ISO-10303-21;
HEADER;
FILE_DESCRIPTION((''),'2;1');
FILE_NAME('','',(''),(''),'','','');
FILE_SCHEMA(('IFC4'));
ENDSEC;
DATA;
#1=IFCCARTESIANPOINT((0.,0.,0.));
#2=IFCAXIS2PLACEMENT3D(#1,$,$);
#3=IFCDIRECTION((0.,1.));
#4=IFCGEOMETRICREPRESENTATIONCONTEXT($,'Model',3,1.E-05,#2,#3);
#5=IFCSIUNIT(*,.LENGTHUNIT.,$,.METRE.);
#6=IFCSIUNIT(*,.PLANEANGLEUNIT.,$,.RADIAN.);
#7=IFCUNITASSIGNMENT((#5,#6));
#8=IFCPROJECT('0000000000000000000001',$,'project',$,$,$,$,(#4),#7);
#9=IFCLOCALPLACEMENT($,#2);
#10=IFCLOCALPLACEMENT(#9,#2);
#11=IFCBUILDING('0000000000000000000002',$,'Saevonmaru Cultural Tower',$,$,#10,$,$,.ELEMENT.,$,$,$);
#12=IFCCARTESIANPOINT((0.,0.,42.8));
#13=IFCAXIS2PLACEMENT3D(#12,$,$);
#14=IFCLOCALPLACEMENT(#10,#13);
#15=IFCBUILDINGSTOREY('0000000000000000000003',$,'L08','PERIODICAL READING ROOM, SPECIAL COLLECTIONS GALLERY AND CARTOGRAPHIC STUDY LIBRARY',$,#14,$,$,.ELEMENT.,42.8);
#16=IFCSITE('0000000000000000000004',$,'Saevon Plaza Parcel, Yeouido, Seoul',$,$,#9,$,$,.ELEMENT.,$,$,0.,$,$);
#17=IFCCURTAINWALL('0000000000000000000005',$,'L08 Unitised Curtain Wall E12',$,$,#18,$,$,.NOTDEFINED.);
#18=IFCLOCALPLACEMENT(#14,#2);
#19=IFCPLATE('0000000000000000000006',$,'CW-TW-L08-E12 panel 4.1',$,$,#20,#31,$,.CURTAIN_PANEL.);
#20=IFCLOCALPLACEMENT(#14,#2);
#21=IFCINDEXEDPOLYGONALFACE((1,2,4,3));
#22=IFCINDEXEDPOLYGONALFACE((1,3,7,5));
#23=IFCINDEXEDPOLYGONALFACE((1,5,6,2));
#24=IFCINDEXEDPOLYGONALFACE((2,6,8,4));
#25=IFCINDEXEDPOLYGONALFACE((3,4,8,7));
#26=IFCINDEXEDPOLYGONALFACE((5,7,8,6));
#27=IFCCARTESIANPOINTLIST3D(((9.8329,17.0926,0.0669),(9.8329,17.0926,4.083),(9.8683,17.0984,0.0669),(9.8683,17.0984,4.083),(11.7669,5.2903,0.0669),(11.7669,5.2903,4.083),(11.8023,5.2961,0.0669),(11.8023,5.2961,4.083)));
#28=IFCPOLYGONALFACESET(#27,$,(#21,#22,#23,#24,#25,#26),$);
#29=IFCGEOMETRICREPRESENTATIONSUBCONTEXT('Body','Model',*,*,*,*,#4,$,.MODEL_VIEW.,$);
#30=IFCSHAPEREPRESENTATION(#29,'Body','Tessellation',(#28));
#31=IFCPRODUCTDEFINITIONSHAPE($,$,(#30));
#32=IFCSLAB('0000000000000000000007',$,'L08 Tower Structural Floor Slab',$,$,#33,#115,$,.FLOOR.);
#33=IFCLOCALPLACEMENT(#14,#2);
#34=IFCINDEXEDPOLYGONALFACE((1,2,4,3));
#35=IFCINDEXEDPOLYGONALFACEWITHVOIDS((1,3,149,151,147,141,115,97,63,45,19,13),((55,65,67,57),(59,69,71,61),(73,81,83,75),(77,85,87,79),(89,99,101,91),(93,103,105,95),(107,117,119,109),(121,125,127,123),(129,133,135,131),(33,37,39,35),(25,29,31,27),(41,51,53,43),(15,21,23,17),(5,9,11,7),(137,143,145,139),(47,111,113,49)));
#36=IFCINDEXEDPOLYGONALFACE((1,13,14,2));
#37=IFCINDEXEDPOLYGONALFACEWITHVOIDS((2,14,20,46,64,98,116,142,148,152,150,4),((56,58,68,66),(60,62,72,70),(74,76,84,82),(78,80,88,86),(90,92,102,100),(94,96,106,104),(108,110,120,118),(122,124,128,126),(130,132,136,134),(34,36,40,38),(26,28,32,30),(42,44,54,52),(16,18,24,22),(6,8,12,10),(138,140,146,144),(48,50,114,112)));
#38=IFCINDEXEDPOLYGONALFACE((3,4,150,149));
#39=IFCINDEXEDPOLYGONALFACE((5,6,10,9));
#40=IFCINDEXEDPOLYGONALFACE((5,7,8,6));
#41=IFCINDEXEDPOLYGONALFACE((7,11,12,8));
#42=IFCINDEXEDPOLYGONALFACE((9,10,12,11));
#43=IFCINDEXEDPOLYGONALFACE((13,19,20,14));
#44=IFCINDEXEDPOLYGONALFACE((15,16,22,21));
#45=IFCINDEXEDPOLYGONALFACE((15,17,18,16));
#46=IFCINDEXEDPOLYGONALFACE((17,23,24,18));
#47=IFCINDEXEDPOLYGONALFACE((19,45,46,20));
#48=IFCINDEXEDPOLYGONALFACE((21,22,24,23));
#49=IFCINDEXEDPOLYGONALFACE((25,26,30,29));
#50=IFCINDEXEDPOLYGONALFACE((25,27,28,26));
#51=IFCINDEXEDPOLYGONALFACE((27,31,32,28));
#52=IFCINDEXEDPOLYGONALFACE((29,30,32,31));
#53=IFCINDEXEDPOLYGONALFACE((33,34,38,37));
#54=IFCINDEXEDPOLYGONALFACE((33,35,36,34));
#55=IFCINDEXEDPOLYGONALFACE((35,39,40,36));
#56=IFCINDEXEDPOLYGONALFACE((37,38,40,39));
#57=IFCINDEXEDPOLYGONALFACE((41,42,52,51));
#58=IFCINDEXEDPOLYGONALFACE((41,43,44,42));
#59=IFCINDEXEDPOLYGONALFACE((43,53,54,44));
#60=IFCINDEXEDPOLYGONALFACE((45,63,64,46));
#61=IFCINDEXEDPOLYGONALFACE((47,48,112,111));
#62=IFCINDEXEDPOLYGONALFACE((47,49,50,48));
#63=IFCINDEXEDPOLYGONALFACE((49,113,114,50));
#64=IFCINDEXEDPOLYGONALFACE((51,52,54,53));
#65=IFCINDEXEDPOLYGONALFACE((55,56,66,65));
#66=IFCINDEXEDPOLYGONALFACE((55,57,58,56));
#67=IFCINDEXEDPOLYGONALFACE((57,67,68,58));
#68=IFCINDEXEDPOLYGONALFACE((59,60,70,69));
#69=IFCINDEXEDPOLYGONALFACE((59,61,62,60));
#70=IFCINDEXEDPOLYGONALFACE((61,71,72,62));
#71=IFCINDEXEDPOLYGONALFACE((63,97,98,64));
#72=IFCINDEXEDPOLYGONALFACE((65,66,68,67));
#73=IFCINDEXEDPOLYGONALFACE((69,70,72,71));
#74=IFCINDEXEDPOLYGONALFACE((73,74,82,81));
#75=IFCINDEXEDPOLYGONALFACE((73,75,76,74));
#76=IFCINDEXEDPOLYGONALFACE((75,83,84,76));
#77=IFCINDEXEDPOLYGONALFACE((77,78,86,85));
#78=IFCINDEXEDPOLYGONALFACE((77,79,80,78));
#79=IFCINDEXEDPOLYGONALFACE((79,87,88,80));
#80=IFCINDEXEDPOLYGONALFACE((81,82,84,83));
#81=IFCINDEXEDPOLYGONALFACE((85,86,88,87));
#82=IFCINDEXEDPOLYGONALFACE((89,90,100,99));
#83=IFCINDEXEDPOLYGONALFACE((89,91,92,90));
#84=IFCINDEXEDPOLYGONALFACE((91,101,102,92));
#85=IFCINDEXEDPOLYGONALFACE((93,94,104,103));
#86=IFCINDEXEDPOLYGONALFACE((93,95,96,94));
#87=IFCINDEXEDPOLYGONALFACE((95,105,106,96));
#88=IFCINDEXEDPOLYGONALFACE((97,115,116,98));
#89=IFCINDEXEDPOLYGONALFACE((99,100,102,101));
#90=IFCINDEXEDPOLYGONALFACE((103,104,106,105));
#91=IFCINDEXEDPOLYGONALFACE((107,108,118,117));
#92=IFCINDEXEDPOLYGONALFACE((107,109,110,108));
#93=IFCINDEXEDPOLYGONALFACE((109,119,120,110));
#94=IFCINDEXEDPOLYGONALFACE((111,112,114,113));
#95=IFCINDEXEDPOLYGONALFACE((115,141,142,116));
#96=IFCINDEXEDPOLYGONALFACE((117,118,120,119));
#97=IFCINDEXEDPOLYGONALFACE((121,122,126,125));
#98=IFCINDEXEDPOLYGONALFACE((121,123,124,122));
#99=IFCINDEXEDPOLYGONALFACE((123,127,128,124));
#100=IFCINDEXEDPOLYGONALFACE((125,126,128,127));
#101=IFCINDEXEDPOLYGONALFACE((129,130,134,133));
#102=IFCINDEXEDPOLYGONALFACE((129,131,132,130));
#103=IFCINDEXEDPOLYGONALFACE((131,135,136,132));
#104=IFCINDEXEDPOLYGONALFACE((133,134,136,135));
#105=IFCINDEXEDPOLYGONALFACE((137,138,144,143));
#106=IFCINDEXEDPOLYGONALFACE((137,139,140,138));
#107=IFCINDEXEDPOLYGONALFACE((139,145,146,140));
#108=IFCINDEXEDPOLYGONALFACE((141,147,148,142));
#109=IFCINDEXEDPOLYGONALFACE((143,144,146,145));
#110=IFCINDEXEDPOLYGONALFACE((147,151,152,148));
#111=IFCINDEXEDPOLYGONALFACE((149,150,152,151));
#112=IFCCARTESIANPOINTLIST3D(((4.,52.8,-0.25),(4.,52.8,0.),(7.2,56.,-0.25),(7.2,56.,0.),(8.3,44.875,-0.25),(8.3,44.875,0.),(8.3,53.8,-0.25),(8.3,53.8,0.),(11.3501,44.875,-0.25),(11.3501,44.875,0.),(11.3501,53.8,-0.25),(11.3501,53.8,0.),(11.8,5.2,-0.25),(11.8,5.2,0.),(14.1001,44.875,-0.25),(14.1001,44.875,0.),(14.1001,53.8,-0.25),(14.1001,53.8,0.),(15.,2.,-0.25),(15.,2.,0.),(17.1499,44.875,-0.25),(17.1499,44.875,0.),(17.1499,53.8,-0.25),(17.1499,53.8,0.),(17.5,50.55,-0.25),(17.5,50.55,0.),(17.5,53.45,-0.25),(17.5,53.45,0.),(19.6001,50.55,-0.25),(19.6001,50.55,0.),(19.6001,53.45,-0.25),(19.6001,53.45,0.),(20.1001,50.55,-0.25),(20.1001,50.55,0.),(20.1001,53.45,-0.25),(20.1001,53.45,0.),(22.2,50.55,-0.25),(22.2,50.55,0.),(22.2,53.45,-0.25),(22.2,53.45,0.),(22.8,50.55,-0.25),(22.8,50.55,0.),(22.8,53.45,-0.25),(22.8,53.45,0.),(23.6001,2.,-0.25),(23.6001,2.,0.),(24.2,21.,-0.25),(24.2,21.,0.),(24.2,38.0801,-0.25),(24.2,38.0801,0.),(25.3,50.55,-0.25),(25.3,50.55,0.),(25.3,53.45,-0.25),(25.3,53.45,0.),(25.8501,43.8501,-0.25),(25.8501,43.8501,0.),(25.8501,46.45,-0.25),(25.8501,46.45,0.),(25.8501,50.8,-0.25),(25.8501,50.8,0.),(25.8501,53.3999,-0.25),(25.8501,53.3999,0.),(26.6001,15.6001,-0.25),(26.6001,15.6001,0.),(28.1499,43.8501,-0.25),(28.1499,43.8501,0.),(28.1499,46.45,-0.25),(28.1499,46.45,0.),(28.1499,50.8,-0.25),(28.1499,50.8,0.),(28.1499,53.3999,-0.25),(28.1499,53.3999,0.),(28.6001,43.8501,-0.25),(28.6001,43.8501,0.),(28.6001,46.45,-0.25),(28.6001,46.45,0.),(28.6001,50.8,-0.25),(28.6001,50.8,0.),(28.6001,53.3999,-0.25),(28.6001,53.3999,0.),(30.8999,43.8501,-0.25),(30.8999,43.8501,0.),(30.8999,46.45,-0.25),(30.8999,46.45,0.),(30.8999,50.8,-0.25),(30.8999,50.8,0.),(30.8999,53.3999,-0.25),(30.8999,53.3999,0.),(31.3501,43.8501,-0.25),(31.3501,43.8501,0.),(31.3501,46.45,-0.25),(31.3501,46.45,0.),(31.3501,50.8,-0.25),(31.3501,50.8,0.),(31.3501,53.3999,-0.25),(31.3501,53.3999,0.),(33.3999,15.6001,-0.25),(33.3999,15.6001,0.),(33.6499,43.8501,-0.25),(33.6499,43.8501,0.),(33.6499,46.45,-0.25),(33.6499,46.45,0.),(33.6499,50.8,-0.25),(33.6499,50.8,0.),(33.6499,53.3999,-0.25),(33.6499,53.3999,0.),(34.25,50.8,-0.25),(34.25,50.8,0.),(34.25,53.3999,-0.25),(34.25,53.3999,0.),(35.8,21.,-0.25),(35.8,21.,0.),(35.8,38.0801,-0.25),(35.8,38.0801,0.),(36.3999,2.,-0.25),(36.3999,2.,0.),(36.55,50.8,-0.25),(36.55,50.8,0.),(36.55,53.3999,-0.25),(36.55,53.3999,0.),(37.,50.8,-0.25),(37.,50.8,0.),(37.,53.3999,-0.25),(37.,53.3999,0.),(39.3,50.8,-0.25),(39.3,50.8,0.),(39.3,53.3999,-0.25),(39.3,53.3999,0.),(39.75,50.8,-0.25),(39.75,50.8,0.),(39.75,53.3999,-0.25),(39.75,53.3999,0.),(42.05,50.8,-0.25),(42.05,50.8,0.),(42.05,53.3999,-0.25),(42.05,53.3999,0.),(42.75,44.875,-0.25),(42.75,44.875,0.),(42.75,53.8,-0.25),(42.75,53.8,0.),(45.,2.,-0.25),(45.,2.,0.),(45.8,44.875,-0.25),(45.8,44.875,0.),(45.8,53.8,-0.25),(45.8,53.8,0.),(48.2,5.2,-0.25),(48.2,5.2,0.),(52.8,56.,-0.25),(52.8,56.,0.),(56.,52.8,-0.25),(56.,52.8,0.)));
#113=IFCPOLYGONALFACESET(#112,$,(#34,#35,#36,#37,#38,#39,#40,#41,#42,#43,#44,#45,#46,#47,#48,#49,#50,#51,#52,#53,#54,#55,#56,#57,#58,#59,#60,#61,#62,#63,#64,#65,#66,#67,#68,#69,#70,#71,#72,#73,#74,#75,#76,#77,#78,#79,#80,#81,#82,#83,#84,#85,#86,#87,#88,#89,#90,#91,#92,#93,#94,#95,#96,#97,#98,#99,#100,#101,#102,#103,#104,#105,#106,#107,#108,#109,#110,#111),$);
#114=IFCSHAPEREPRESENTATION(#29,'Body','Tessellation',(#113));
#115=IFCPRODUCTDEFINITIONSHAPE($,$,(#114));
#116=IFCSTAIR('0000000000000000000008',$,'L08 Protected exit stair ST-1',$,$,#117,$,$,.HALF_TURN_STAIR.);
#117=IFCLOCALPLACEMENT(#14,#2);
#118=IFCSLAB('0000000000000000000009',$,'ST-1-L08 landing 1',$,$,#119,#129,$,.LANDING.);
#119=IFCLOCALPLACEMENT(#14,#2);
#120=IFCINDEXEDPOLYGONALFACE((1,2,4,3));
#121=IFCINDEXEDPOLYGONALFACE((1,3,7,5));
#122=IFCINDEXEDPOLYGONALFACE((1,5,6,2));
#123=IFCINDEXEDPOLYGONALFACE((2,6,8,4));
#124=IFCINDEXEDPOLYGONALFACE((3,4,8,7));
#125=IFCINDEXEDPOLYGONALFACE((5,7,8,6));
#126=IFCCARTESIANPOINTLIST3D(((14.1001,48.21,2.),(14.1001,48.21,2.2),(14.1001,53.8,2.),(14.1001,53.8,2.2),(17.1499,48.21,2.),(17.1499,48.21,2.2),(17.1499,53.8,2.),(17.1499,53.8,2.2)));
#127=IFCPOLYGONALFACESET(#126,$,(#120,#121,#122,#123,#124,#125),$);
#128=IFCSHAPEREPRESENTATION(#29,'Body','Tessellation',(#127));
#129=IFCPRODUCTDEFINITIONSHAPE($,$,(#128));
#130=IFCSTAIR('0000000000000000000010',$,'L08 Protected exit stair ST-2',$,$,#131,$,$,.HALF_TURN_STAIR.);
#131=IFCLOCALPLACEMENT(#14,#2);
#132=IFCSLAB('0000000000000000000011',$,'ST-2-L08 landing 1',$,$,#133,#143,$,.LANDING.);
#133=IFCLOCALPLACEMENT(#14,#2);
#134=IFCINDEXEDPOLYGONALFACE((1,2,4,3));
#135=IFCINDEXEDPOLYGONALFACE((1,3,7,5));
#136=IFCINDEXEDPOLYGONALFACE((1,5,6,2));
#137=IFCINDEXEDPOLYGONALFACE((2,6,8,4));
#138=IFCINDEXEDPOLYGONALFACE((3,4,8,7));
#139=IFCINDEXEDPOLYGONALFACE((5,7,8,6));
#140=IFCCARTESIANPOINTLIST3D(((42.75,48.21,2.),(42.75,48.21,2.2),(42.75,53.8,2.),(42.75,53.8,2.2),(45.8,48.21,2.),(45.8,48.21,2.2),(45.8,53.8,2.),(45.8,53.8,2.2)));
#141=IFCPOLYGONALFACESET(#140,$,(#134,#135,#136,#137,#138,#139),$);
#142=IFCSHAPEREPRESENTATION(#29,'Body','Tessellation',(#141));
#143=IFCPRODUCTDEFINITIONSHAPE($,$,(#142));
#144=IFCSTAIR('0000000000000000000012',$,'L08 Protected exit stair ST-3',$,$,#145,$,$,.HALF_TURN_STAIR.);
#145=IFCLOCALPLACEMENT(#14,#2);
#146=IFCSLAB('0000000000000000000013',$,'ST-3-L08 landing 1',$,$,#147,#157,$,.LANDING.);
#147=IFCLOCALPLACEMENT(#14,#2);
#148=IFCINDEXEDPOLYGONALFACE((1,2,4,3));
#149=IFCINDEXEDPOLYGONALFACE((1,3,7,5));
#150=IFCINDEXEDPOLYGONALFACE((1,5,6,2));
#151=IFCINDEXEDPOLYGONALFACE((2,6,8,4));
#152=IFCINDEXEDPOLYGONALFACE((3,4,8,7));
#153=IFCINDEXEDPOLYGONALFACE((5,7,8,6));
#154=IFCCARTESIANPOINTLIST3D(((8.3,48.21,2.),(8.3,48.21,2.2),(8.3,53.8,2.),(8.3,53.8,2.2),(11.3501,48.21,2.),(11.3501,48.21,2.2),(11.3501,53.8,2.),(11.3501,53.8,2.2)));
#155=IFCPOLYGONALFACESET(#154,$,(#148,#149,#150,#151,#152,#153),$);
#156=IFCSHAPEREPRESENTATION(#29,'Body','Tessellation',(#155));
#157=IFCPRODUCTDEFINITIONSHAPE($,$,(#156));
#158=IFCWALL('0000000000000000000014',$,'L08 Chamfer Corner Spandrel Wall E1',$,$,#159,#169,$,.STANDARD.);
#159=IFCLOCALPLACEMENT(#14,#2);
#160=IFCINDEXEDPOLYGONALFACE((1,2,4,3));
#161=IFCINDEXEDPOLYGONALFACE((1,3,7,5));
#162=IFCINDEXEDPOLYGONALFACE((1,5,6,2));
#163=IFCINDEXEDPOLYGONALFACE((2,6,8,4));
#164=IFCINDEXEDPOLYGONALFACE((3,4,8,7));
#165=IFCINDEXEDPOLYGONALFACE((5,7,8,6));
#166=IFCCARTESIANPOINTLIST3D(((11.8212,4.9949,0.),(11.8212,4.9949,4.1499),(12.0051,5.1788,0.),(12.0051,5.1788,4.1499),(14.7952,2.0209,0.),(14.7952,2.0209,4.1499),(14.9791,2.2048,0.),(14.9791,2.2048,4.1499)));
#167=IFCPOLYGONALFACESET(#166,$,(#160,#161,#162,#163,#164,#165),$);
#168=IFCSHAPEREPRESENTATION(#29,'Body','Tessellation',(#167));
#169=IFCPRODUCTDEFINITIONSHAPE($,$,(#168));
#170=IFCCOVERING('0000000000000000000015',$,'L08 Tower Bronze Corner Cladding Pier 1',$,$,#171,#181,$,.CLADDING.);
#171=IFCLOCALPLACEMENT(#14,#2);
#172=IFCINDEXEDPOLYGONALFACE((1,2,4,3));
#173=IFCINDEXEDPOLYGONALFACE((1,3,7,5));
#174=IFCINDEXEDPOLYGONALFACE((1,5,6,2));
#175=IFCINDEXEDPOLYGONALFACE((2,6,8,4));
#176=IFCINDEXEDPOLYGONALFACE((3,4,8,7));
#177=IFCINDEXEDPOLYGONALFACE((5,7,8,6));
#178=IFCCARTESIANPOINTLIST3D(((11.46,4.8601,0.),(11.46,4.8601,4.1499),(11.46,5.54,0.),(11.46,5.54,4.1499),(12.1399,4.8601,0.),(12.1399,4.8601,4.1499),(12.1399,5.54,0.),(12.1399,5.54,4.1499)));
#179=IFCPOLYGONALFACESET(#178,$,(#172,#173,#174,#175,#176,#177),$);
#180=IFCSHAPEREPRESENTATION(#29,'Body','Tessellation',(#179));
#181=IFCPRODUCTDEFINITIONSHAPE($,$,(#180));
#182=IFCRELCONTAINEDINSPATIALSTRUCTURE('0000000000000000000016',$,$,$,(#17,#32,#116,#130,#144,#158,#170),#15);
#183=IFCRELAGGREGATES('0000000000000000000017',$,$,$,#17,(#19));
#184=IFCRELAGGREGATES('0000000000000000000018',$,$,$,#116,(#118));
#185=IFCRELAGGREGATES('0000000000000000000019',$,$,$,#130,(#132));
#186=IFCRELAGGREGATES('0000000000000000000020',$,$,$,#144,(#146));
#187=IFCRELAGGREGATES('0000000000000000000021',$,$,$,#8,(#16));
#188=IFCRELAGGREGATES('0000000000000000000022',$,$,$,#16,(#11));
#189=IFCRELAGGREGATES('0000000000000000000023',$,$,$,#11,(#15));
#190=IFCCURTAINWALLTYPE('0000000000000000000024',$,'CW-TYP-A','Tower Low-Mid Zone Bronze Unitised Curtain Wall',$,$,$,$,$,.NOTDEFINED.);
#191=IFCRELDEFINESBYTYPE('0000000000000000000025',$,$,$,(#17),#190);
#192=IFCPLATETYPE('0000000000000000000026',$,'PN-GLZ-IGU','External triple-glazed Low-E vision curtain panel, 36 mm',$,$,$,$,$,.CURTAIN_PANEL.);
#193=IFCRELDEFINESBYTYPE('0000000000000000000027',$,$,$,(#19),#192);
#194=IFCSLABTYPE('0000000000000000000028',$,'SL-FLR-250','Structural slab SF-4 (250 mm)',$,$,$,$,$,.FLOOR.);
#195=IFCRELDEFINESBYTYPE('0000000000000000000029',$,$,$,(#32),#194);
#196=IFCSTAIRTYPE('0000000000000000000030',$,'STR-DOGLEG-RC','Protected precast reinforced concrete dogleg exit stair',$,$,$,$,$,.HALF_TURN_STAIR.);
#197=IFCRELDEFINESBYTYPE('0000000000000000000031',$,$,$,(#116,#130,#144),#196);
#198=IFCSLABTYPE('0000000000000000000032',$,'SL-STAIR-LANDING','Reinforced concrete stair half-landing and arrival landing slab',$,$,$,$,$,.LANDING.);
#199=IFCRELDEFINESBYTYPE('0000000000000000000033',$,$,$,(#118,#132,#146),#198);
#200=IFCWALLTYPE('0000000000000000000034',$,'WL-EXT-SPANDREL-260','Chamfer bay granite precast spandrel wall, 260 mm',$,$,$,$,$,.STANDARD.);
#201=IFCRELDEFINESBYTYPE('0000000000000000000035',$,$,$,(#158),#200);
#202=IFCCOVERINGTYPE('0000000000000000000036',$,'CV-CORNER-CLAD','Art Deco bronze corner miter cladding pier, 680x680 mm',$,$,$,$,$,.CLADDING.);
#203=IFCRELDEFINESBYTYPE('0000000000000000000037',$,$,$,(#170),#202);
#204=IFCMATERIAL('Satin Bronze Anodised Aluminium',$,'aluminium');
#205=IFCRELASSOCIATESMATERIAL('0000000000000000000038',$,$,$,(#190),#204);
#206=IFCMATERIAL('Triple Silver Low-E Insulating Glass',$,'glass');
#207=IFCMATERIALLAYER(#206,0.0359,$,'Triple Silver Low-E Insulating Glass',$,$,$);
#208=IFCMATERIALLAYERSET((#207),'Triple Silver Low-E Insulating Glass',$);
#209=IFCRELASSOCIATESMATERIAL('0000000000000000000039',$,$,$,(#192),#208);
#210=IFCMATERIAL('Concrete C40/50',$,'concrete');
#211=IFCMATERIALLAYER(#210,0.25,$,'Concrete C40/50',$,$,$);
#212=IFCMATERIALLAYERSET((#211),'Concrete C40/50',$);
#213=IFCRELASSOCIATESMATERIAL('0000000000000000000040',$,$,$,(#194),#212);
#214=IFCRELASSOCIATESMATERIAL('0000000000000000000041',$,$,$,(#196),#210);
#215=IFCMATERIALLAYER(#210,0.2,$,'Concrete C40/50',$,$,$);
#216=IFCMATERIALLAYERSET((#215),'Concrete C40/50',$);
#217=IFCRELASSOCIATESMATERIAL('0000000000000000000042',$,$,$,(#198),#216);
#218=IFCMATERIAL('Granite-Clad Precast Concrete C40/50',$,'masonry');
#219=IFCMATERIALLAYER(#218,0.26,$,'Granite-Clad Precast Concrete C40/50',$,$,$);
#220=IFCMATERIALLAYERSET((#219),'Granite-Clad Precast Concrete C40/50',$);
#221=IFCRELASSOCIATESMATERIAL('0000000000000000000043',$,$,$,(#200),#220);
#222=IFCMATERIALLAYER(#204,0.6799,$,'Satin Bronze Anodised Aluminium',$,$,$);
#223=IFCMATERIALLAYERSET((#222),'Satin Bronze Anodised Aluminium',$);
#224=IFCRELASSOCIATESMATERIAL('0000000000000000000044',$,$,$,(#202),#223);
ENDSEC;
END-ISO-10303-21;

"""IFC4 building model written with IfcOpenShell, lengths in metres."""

from ifc_helpers import new_model, si_unit, direction, frame, frame_2d, origin, origin_2d, place, context, subcontext, project, spatial, polyline, rectangle, outline, extrude, material, layer, layer_set, type_object, element, aggregate, save


model = new_model("IFC4")

# Units and contexts
model_context = context("Model", 3, precision=1e-05, world=origin(), true_north=direction((0.0, 1.0)))
body_context = subcontext(model_context, "Body", "Model", "MODEL_VIEW")
ifc_project = project(units=[si_unit("LENGTHUNIT", "METRE"), si_unit("PLANEANGLEUNIT", "RADIAN")], contexts=[model_context])

# Site, building, storey
site_placement = place(None, origin())
site = spatial("IfcSite", under=ifc_project, at=site_placement, Name="Saevon Plaza Parcel, Yeouido, Seoul", CompositionType="ELEMENT", RefElevation=0.0)
building_placement = place(site_placement, origin())
building = spatial("IfcBuilding", under=site, at=building_placement, Name="Saevonmaru Cultural Tower", CompositionType="ELEMENT")
storey_placement = place(building_placement, frame((0.0, 0.0, 42.8)))
storey = spatial("IfcBuildingStorey", under=building, at=storey_placement, Name="L08", Description="PERIODICAL READING ROOM, SPECIAL COLLECTIONS GALLERY AND CARTOGRAPHIC STUDY LIBRARY", CompositionType="ELEMENT", Elevation=42.8)

# Curtain wall, plate
ifc_material_1 = material(Name="Satin Bronze Anodised Aluminium", Category="aluminium")
curtain_wall_type = type_object("IfcCurtainWallType", Name="CW-TYP-A", Description="Tower Low-Mid Zone Bronze Unitised Curtain Wall", PredefinedType="NOTDEFINED", material=ifc_material_1)
curtain_wall_placement = place(storey_placement, origin())
curtain_wall = element("IfcCurtainWall", 1, at=curtain_wall_placement, inside=storey, type_object=curtain_wall_type, Name="L08 Unitised Curtain Wall E12", PredefinedType="NOTDEFINED")
ifc_material_2 = material(Name="Triple Silver Low-E Insulating Glass", Category="glass")
ifc_layer_1 = layer(ifc_material_2, 0.0359, Name="Triple Silver Low-E Insulating Glass")
ifc_layer_set_1 = layer_set([ifc_layer_1], Name="Triple Silver Low-E Insulating Glass")
plate_type = type_object("IfcPlateType", Name="PN-GLZ-IGU", Description="External triple-glazed Low-E vision curtain panel, 36 mm", PredefinedType="CURTAIN_PANEL", material=ifc_layer_set_1)
plate_placement = place(storey_placement, frame((10.8176, 11.1943, 0.0669), z_axis=(0.0, 0.0, 1.0), x_axis=(0.161709, -0.986839, 0.0)))
plate = element("IfcPlate", 2, at=plate_placement, type_object=plate_type, Name="CW-TW-L08-E12 panel 4.1", PredefinedType="CURTAIN_PANEL", context=body_context, shape_type="SweptSolid", body=[
    extrude(rectangle(XDim=11.9597, YDim=0.0359, at=origin_2d()), origin(), (0.0, 0.0, 1.0), 4.0161),
])
aggregate(curtain_wall, [plate])

# Slab
ifc_material_3 = material(Name="Concrete C40/50", Category="concrete")
ifc_layer_2 = layer(ifc_material_3, 0.25, Name="Concrete C40/50")
ifc_layer_set_2 = layer_set([ifc_layer_2], Name="Concrete C40/50")
slab_type_1 = type_object("IfcSlabType", Name="SL-FLR-250", Description="Structural slab SF-4 (250 mm)", PredefinedType="FLOOR", material=ifc_layer_set_2)
slab_1_placement = place(storey_placement, frame((0.0, 0.0, -0.25)))
element("IfcSlab", 3, at=slab_1_placement, inside=storey, type_object=slab_type_1, Name="L08 Tower Structural Floor Slab", PredefinedType="FLOOR", context=body_context, shape_type="SweptSolid", body=[
    extrude(outline(polyline([(11.8, 5.2), (15.0, 2.0), (23.6001, 2.0), (26.6001, 15.6001), (33.3999, 15.6001), (36.3999, 2.0), (45.0, 2.0), (48.2, 5.2), (56.0, 52.8), (52.8, 56.0), (7.2, 56.0), (4.0, 52.8), (11.8, 5.2)]), holes=[polyline([(45.8, 44.875), (42.75, 44.875), (42.75, 53.8), (45.8, 53.8), (45.8, 44.875)]), polyline([(39.75, 50.8), (39.75, 53.3999), (42.05, 53.3999), (42.05, 50.8), (39.75, 50.8)]), polyline([(37.0, 50.8), (37.0, 53.3999), (39.3, 53.3999), (39.3, 50.8), (37.0, 50.8)]), polyline([(34.25, 50.8), (34.25, 53.3999), (36.55, 53.3999), (36.55, 50.8), (34.25, 50.8)]), polyline([(24.2, 21.0), (24.2, 38.0801), (35.8, 38.0801), (35.8, 21.0), (24.2, 21.0)]), polyline([(31.3501, 50.8), (31.3501, 53.3999), (33.6499, 53.3999), (33.6499, 50.8), (31.3501, 50.8)]), polyline([(31.3501, 43.8501), (31.3501, 46.45), (33.6499, 46.45), (33.6499, 43.8501), (31.3501, 43.8501)]), polyline([(28.6001, 43.8501), (28.6001, 46.45), (30.8999, 46.45), (30.8999, 43.8501), (28.6001, 43.8501)]), polyline([(28.6001, 50.8), (28.6001, 53.3999), (30.8999, 53.3999), (30.8999, 50.8), (28.6001, 50.8)]), polyline([(25.8501, 50.8), (25.8501, 53.3999), (28.1499, 53.3999), (28.1499, 50.8), (25.8501, 50.8)]), polyline([(25.8501, 43.8501), (25.8501, 46.45), (28.1499, 46.45), (28.1499, 43.8501), (25.8501, 43.8501)]), polyline([(22.8, 50.55), (22.8, 53.45), (25.3, 53.45), (25.3, 50.55), (22.8, 50.55)]), polyline([(20.1001, 50.55), (20.1001, 53.45), (22.2, 53.45), (22.2, 50.55), (20.1001, 50.55)]), polyline([(17.5, 50.55), (17.5, 53.45), (19.6001, 53.45), (19.6001, 50.55), (17.5, 50.55)]), polyline([(17.1499, 44.875), (14.1001, 44.875), (14.1001, 53.8), (17.1499, 53.8), (17.1499, 44.875)]), polyline([(11.3501, 44.875), (8.3, 44.875), (8.3, 53.8), (11.3501, 53.8), (11.3501, 44.875)])]), origin(), (0.0, 0.0, 1.0), 0.25),
])

# Stairs, slabs
stair_type = type_object("IfcStairType", Name="STR-DOGLEG-RC", Description="Protected precast reinforced concrete dogleg exit stair", PredefinedType="HALF_TURN_STAIR", material=ifc_material_3)
stair_1_placement = place(storey_placement, origin())
stair_1 = element("IfcStair", 4, at=stair_1_placement, inside=storey, type_object=stair_type, Name="L08 Protected exit stair ST-1", PredefinedType="HALF_TURN_STAIR")
ifc_layer_3 = layer(ifc_material_3, 0.2, Name="Concrete C40/50")
ifc_layer_set_3 = layer_set([ifc_layer_3], Name="Concrete C40/50")
slab_type_2 = type_object("IfcSlabType", Name="SL-STAIR-LANDING", Description="Reinforced concrete stair half-landing and arrival landing slab", PredefinedType="LANDING", material=ifc_layer_set_3)
slab_2_placement = place(storey_placement, frame((0.0, 0.0, 2.0)))
slab_2 = element("IfcSlab", 5, at=slab_2_placement, type_object=slab_type_2, Name="ST-1-L08 landing 1", PredefinedType="LANDING", context=body_context, shape_type="SweptSolid", body=[
    extrude(outline(polyline([(17.1499, 48.21), (17.1499, 53.8), (14.1001, 53.8), (14.1001, 48.21), (17.1499, 48.21)])), origin(), (0.0, 0.0, 1.0), 0.2),
])
aggregate(stair_1, [slab_2])
stair_2_placement = place(storey_placement, origin())
stair_2 = element("IfcStair", 6, at=stair_2_placement, inside=storey, type_object=stair_type, Name="L08 Protected exit stair ST-2", PredefinedType="HALF_TURN_STAIR")
slab_3_placement = place(storey_placement, frame((0.0, 0.0, 2.0)))
slab_3 = element("IfcSlab", 7, at=slab_3_placement, type_object=slab_type_2, Name="ST-2-L08 landing 1", PredefinedType="LANDING", context=body_context, shape_type="SweptSolid", body=[
    extrude(outline(polyline([(45.8, 48.21), (45.8, 53.8), (42.75, 53.8), (42.75, 48.21), (45.8, 48.21)])), origin(), (0.0, 0.0, 1.0), 0.2),
])
aggregate(stair_2, [slab_3])
stair_3_placement = place(storey_placement, origin())
stair_3 = element("IfcStair", 8, at=stair_3_placement, inside=storey, type_object=stair_type, Name="L08 Protected exit stair ST-3", PredefinedType="HALF_TURN_STAIR")
slab_4_placement = place(storey_placement, frame((0.0, 0.0, 2.0)))
slab_4 = element("IfcSlab", 9, at=slab_4_placement, type_object=slab_type_2, Name="ST-3-L08 landing 1", PredefinedType="LANDING", context=body_context, shape_type="SweptSolid", body=[
    extrude(outline(polyline([(11.3501, 48.21), (11.3501, 53.8), (8.3, 53.8), (8.3, 48.21), (11.3501, 48.21)])), origin(), (0.0, 0.0, 1.0), 0.2),
])
aggregate(stair_3, [slab_4])

# Wall
ifc_material_4 = material(Name="Granite-Clad Precast Concrete C40/50", Category="masonry")
ifc_layer_4 = layer(ifc_material_4, 0.26, Name="Granite-Clad Precast Concrete C40/50")
ifc_layer_set_4 = layer_set([ifc_layer_4], Name="Granite-Clad Precast Concrete C40/50")
wall_type = type_object("IfcWallType", Name="WL-EXT-SPANDREL-260", Description="Chamfer bay granite precast spandrel wall, 260 mm", PredefinedType="STANDARD", material=ifc_layer_set_4)
wall_placement = place(storey_placement, frame((11.9131, 5.0869, 0.0), z_axis=(0.0, 0.0, 1.0), x_axis=(0.707107, -0.707107, 0.0)))
element("IfcWall", 10, at=wall_placement, inside=storey, type_object=wall_type, Name="L08 Chamfer Corner Spandrel Wall E1", PredefinedType="STANDARD", context=body_context, shape_type="SweptSolid", body=[
    extrude(rectangle(XDim=4.2058, YDim=0.26, at=frame_2d((2.103, 0.0))), origin(), (0.0, 0.0, 1.0), 4.1499),
])

# Covering
ifc_layer_5 = layer(ifc_material_1, 0.6799, Name="Satin Bronze Anodised Aluminium")
ifc_layer_set_5 = layer_set([ifc_layer_5], Name="Satin Bronze Anodised Aluminium")
covering_type = type_object("IfcCoveringType", Name="CV-CORNER-CLAD", Description="Art Deco bronze corner miter cladding pier, 680x680 mm", PredefinedType="CLADDING", material=ifc_layer_set_5)
covering_1_placement = place(storey_placement, origin())
element("IfcCovering", 11, at=covering_1_placement, inside=storey, type_object=covering_type, Name="L08 Tower Bronze Corner Cladding Pier 1", PredefinedType="CLADDING", context=body_context, shape_type="SweptSolid", body=[
    extrude(outline(polyline([(11.46, 4.8601), (12.1399, 4.8601), (12.1399, 5.54), (11.46, 5.54), (11.46, 4.8601)])), origin(), (0.0, 0.0, 1.0), 4.1499),
])

save(model, "model.ifc")
